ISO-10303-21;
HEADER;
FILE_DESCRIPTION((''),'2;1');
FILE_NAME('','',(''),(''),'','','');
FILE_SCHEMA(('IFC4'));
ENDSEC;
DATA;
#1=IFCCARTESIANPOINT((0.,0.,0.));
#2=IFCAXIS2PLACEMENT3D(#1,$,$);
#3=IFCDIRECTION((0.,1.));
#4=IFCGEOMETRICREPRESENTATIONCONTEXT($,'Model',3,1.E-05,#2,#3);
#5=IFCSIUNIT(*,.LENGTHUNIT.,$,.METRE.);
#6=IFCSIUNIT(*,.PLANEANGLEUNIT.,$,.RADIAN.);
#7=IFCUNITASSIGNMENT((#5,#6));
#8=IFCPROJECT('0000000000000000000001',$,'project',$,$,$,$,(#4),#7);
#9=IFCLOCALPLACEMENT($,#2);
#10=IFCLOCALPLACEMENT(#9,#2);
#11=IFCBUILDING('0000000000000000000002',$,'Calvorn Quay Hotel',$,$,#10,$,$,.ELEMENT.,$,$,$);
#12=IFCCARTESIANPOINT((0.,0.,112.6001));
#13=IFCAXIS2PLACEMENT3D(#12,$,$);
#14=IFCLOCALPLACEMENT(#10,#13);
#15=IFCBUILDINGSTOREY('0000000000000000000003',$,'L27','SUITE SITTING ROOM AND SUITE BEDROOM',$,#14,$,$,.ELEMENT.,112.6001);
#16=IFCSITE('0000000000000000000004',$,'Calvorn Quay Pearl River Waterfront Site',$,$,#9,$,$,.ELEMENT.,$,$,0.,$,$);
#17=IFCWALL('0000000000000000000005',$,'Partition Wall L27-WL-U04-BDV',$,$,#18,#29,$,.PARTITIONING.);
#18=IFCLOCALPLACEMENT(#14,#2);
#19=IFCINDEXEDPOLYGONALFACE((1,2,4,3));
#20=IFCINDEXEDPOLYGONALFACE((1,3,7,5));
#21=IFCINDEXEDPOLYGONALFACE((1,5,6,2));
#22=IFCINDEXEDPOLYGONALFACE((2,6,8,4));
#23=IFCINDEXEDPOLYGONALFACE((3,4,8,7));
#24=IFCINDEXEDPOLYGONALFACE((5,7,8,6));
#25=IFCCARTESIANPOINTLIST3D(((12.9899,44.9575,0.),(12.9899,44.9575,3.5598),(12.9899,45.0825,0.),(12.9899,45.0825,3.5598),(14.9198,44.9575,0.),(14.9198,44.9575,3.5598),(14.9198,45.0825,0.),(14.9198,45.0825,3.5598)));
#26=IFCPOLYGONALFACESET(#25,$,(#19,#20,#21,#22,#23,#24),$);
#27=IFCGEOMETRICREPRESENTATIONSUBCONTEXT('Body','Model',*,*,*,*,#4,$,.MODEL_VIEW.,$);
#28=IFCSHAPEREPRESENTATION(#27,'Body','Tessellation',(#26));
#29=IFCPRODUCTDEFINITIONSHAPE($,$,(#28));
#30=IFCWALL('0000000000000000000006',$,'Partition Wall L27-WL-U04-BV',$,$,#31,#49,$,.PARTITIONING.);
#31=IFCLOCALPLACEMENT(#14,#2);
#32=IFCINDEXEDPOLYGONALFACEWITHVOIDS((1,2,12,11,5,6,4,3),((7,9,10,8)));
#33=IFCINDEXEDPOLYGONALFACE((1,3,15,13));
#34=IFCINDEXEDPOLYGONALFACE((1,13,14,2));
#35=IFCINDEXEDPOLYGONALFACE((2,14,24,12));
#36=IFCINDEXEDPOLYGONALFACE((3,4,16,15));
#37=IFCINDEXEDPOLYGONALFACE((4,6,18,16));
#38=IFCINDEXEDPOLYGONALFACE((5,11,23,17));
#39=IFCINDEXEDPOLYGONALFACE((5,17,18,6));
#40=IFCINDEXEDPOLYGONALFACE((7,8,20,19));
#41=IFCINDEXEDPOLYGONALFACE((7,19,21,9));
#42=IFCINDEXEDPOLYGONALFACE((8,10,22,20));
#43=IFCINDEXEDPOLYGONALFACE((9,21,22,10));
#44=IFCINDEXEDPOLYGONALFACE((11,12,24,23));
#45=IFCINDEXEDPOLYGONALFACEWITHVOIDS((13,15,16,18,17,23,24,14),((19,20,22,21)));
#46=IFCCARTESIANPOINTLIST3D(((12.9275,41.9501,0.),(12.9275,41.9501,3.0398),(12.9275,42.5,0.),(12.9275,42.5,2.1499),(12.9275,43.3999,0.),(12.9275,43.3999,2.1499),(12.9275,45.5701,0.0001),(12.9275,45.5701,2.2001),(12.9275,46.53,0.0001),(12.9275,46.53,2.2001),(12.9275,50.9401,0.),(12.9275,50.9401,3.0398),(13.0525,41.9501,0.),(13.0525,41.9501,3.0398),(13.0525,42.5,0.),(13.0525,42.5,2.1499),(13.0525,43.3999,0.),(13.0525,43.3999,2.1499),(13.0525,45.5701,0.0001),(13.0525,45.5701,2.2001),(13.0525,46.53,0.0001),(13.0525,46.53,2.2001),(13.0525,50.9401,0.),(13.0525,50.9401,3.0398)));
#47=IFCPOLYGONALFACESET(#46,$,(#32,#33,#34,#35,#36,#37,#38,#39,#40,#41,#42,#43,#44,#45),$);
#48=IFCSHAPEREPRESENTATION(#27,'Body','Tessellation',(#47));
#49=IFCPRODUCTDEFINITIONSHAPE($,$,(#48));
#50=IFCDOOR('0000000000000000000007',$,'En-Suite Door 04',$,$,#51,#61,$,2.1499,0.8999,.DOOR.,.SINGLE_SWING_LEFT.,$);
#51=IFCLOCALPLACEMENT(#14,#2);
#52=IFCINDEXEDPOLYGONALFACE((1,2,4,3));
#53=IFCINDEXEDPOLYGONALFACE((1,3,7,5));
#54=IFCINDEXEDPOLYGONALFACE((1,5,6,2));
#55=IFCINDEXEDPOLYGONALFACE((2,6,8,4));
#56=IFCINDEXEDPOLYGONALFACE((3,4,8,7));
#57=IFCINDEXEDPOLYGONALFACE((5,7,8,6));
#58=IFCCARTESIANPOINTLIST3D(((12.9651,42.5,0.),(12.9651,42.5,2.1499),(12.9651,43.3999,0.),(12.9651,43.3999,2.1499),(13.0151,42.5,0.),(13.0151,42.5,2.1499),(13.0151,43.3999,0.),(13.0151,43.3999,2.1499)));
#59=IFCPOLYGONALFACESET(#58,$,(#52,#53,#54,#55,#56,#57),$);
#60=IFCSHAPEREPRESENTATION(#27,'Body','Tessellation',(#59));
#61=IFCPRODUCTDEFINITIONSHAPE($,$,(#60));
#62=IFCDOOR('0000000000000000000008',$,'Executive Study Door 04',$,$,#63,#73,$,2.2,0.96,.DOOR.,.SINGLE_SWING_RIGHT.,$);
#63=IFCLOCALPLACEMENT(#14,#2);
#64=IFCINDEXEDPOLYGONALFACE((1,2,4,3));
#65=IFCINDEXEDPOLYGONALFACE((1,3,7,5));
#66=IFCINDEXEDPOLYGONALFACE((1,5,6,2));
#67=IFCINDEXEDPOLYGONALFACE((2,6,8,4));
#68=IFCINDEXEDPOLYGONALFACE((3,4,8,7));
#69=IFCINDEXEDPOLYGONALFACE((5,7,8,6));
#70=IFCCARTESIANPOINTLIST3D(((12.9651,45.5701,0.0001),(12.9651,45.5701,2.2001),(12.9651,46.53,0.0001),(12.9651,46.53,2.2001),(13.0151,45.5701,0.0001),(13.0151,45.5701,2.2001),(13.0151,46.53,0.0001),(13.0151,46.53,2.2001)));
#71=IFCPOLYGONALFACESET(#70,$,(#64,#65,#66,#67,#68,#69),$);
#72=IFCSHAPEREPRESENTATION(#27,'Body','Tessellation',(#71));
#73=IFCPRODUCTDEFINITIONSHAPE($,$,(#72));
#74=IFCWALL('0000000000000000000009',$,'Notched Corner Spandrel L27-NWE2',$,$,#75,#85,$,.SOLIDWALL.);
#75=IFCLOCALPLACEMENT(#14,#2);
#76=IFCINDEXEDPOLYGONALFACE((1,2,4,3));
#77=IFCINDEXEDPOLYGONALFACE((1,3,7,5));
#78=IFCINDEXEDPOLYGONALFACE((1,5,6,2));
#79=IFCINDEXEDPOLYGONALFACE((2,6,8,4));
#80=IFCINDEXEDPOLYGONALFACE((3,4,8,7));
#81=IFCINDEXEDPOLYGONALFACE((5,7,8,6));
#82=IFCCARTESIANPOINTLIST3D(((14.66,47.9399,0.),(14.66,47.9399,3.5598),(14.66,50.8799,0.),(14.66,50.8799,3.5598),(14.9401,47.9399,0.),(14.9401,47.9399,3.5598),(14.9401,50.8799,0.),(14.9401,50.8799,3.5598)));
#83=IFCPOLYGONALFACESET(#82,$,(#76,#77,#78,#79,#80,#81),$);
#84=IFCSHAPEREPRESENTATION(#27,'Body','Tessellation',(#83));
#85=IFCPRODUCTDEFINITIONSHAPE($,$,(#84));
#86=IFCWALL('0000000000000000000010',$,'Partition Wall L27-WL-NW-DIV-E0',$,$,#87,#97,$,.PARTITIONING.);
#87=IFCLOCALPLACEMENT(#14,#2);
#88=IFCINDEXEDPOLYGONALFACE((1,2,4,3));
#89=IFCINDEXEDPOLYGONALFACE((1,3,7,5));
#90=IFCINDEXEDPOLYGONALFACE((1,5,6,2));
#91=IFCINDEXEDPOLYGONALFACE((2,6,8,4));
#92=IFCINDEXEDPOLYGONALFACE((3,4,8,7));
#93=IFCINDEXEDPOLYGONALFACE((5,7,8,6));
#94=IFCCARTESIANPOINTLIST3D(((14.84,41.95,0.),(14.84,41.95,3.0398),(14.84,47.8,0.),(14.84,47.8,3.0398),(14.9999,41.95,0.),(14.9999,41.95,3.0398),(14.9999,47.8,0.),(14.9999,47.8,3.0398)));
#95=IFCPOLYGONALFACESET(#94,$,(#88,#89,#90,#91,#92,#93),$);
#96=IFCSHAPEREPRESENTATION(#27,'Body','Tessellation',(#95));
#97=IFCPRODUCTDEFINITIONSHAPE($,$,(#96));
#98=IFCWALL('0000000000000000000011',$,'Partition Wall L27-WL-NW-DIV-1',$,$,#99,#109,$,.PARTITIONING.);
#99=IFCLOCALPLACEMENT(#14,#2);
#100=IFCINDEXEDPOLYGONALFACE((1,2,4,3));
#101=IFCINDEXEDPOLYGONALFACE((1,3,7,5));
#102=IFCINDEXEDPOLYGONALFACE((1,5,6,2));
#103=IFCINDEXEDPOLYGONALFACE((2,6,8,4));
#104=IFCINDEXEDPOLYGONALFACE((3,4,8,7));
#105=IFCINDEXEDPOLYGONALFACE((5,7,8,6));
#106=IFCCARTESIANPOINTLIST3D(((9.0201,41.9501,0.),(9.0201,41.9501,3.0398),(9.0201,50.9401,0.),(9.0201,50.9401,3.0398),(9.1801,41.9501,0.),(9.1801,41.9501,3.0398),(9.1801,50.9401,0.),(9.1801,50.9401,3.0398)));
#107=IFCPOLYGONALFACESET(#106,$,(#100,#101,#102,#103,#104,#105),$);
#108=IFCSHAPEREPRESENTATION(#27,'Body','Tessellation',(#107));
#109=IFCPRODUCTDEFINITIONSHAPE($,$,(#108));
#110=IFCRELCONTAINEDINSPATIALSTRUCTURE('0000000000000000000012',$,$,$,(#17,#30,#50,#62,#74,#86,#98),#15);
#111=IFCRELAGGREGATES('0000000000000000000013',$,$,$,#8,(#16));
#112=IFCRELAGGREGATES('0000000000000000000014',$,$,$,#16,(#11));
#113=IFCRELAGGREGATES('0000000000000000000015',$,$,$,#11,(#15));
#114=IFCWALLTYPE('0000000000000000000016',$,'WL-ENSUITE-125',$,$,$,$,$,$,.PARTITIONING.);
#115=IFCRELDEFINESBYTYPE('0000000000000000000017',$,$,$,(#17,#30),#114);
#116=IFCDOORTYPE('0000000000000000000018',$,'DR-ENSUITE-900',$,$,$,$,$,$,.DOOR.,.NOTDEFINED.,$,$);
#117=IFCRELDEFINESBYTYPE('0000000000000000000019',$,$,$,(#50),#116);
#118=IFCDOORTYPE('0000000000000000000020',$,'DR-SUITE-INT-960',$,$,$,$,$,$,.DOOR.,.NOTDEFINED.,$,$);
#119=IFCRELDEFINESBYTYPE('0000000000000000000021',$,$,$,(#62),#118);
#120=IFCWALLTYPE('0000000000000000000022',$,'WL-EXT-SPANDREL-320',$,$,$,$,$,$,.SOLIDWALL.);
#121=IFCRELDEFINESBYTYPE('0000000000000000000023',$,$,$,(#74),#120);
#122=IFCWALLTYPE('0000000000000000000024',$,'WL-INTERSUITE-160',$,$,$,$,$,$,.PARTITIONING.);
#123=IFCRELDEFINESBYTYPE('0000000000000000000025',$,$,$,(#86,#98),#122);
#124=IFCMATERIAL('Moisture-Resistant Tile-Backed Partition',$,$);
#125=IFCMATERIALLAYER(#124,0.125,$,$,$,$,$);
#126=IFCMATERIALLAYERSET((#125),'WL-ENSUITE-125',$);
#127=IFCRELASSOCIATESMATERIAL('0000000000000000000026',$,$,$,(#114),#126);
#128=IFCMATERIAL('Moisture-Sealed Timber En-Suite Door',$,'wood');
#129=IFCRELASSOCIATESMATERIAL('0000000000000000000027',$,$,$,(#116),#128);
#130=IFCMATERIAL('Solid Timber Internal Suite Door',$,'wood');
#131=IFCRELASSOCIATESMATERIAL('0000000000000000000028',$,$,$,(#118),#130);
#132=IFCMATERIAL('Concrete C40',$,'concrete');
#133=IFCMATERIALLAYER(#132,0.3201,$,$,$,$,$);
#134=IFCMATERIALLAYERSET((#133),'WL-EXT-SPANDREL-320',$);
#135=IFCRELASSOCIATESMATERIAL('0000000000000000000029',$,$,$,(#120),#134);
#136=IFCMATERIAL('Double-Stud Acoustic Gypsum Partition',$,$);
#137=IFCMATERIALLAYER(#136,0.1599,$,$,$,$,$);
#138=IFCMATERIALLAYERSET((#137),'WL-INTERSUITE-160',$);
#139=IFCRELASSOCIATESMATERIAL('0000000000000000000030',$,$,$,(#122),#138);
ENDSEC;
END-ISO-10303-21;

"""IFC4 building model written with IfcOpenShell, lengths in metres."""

from ifc_helpers import new_model, si_unit, direction, frame, frame_2d, origin, place, context, subcontext, project, spatial, rectangle, extrude, material, layer, layer_set, type_object, element, fill, save


model = new_model("IFC4")

# Units and contexts
model_context = context("Model", 3, precision=1e-05, world=origin(), true_north=direction((0.0, 1.0)))
body_context = subcontext(model_context, "Body", "Model", "MODEL_VIEW")
ifc_project = project(units=[si_unit("LENGTHUNIT", "METRE"), si_unit("PLANEANGLEUNIT", "RADIAN")], contexts=[model_context])

# Site, building, storey
site_placement = place(None, origin())
site = spatial("IfcSite", under=ifc_project, at=site_placement, Name="Calvorn Quay Pearl River Waterfront Site", CompositionType="ELEMENT", RefElevation=0.0)
building_placement = place(site_placement, origin())
building = spatial("IfcBuilding", under=site, at=building_placement, Name="Calvorn Quay Hotel", CompositionType="ELEMENT")
storey_placement = place(building_placement, frame((0.0, 0.0, 112.6001)))
storey = spatial("IfcBuildingStorey", under=building, at=storey_placement, Name="L27", Description="SUITE SITTING ROOM AND SUITE BEDROOM", CompositionType="ELEMENT", Elevation=112.6001)

# Shared definitions
ifc_material_1 = material(Name="Moisture-Resistant Tile-Backed Partition")
ifc_layer_1 = layer(ifc_material_1, 0.125)
ifc_layer_set_1 = layer_set([ifc_layer_1], Name="WL-ENSUITE-125")
wall_type_1 = type_object("IfcWallType", Name="WL-ENSUITE-125", PredefinedType="PARTITIONING", material=ifc_layer_set_1)

# Shared definitions
ifc_material_2 = material(Name="Moisture-Sealed Timber En-Suite Door", Category="wood")
door_type_1 = type_object("IfcDoorType", Name="DR-ENSUITE-900", OperationType="NOTDEFINED", PredefinedType="DOOR", material=ifc_material_2)
ifc_material_3 = material(Name="Solid Timber Internal Suite Door", Category="wood")
door_type_2 = type_object("IfcDoorType", Name="DR-SUITE-INT-960", OperationType="NOTDEFINED", PredefinedType="DOOR", material=ifc_material_3)

# Wall
wall_1_placement = place(storey_placement, frame((12.99, 45.02, 0.0), z_axis=(0.0, 0.0, 1.0), x_axis=(1.0, 0.0, 0.0)))
element("IfcWall", 1, at=wall_1_placement, inside=storey, type_object=wall_type_1, Name="Partition Wall L27-WL-U04-BDV", PredefinedType="PARTITIONING", context=body_context, shape_type="SweptSolid", body=[
    extrude(rectangle(XDim=1.9299, YDim=0.125, at=frame_2d((0.9648, 0.0))), origin(), (0.0, 0.0, 1.0), 3.5598),
])

# Wall, openings, doors
wall_2_placement = place(storey_placement, frame((12.99, 41.95, 0.0), z_axis=(0.0, 0.0, 1.0), x_axis=(0.0, 1.0, 0.0)))
wall_2 = element("IfcWall", 2, at=wall_2_placement, inside=storey, type_object=wall_type_1, Name="Partition Wall L27-WL-U04-BV", PredefinedType="PARTITIONING", context=body_context, shape_type="SweptSolid", body=[
    extrude(rectangle(XDim=8.99, YDim=0.125, at=frame_2d((4.4951, 0.0))), origin(), (0.0, 0.0, 1.0), 3.0398),
])
opening_1_placement = place(wall_2_placement, frame((0.55, 0.0, 0.0)))
opening_1 = element("IfcOpeningElement", 3, at=opening_1_placement, cuts=wall_2, PredefinedType="OPENING", context=body_context, shape_type="SweptSolid", body=[
    extrude(rectangle(XDim=0.8999, YDim=2.1499, at=frame_2d((0.45, 1.075))), frame((0.0, 0.0725, 0.0), z_axis=(0.0, -1.0, 0.0), x_axis=(1.0, 0.0, 0.0)), (0.0, 0.0, 1.0), 0.145),
])
opening_2_placement = place(wall_2_placement, frame((3.6201, 0.0, 0.0)))
opening_2 = element("IfcOpeningElement", 4, at=opening_2_placement, cuts=wall_2, PredefinedType="OPENING", context=body_context, shape_type="SweptSolid", body=[
    extrude(rectangle(XDim=0.96, YDim=2.2, at=frame_2d((0.48, 1.1001))), frame((0.0, 0.0725, 0.0), z_axis=(0.0, -1.0, 0.0), x_axis=(1.0, 0.0, 0.0)), (0.0, 0.0, 1.0), 0.145),
])
door_1_placement = place(opening_1_placement, origin())
door_1 = element("IfcDoor", 5, at=door_1_placement, inside=storey, type_object=door_type_1, Name="En-Suite Door 04", OperationType="SINGLE_SWING_LEFT", OverallHeight=2.1499, OverallWidth=0.8999, PredefinedType="DOOR", context=body_context, shape_type="SweptSolid", body=[
    extrude(rectangle(XDim=0.8999, YDim=2.1499, at=frame_2d((0.45, 1.075))), frame((0.0, 0.0249, 0.0), z_axis=(0.0, -1.0, 0.0), x_axis=(1.0, 0.0, 0.0)), (0.0, 0.0, 1.0), 0.05),
])
fill(opening_1, door_1)
door_2_placement = place(opening_2_placement, origin())
door_2 = element("IfcDoor", 6, at=door_2_placement, inside=storey, type_object=door_type_2, Name="Executive Study Door 04", OperationType="SINGLE_SWING_RIGHT", OverallHeight=2.2, OverallWidth=0.96, PredefinedType="DOOR", context=body_context, shape_type="SweptSolid", body=[
    extrude(rectangle(XDim=0.96, YDim=2.2, at=frame_2d((0.48, 1.1001))), frame((0.0, 0.0249, 0.0), z_axis=(0.0, -1.0, 0.0), x_axis=(1.0, 0.0, 0.0)), (0.0, 0.0, 1.0), 0.05),
])
fill(opening_2, door_2)

# Walls
ifc_material_4 = material(Name="Concrete C40", Category="concrete")
ifc_layer_2 = layer(ifc_material_4, 0.3201)
ifc_layer_set_2 = layer_set([ifc_layer_2], Name="WL-EXT-SPANDREL-320")
wall_type_2 = type_object("IfcWallType", Name="WL-EXT-SPANDREL-320", PredefinedType="SOLIDWALL", material=ifc_layer_set_2)
wall_3_placement = place(storey_placement, frame((14.8, 47.9399, 0.0), z_axis=(0.0, 0.0, 1.0), x_axis=(0.0, 1.0, 0.0)))
element("IfcWall", 7, at=wall_3_placement, inside=storey, type_object=wall_type_2, Name="Notched Corner Spandrel L27-NWE2", PredefinedType="SOLIDWALL", context=body_context, shape_type="SweptSolid", body=[
    extrude(rectangle(XDim=2.9399, YDim=0.28, at=frame_2d((1.47, 0.0))), origin(), (0.0, 0.0, 1.0), 3.5598),
])
ifc_material_5 = material(Name="Double-Stud Acoustic Gypsum Partition")
ifc_layer_3 = layer(ifc_material_5, 0.1599)
ifc_layer_set_3 = layer_set([ifc_layer_3], Name="WL-INTERSUITE-160")
wall_type_3 = type_object("IfcWallType", Name="WL-INTERSUITE-160", PredefinedType="PARTITIONING", material=ifc_layer_set_3)
wall_4_placement = place(storey_placement, frame((14.9199, 41.95, 0.0), z_axis=(0.0, 0.0, 1.0), x_axis=(0.0, 1.0, 0.0)))
element("IfcWall", 8, at=wall_4_placement, inside=storey, type_object=wall_type_3, Name="Partition Wall L27-WL-NW-DIV-E0", PredefinedType="PARTITIONING", context=body_context, shape_type="SweptSolid", body=[
    extrude(rectangle(XDim=5.8501, YDim=0.1599, at=frame_2d((2.925, 0.0))), origin(), (0.0, 0.0, 1.0), 3.0398),
])
wall_5_placement = place(storey_placement, frame((9.1001, 41.95, 0.0), z_axis=(0.0, 0.0, 1.0), x_axis=(0.0, 1.0, 0.0)))
element("IfcWall", 9, at=wall_5_placement, inside=storey, type_object=wall_type_3, Name="Partition Wall L27-WL-NW-DIV-1", PredefinedType="PARTITIONING", context=body_context, shape_type="SweptSolid", body=[
    extrude(rectangle(XDim=8.99, YDim=0.1599, at=frame_2d((4.4951, 0.0))), origin(), (0.0, 0.0, 1.0), 3.0398),
])

save(model, "model.ifc")
